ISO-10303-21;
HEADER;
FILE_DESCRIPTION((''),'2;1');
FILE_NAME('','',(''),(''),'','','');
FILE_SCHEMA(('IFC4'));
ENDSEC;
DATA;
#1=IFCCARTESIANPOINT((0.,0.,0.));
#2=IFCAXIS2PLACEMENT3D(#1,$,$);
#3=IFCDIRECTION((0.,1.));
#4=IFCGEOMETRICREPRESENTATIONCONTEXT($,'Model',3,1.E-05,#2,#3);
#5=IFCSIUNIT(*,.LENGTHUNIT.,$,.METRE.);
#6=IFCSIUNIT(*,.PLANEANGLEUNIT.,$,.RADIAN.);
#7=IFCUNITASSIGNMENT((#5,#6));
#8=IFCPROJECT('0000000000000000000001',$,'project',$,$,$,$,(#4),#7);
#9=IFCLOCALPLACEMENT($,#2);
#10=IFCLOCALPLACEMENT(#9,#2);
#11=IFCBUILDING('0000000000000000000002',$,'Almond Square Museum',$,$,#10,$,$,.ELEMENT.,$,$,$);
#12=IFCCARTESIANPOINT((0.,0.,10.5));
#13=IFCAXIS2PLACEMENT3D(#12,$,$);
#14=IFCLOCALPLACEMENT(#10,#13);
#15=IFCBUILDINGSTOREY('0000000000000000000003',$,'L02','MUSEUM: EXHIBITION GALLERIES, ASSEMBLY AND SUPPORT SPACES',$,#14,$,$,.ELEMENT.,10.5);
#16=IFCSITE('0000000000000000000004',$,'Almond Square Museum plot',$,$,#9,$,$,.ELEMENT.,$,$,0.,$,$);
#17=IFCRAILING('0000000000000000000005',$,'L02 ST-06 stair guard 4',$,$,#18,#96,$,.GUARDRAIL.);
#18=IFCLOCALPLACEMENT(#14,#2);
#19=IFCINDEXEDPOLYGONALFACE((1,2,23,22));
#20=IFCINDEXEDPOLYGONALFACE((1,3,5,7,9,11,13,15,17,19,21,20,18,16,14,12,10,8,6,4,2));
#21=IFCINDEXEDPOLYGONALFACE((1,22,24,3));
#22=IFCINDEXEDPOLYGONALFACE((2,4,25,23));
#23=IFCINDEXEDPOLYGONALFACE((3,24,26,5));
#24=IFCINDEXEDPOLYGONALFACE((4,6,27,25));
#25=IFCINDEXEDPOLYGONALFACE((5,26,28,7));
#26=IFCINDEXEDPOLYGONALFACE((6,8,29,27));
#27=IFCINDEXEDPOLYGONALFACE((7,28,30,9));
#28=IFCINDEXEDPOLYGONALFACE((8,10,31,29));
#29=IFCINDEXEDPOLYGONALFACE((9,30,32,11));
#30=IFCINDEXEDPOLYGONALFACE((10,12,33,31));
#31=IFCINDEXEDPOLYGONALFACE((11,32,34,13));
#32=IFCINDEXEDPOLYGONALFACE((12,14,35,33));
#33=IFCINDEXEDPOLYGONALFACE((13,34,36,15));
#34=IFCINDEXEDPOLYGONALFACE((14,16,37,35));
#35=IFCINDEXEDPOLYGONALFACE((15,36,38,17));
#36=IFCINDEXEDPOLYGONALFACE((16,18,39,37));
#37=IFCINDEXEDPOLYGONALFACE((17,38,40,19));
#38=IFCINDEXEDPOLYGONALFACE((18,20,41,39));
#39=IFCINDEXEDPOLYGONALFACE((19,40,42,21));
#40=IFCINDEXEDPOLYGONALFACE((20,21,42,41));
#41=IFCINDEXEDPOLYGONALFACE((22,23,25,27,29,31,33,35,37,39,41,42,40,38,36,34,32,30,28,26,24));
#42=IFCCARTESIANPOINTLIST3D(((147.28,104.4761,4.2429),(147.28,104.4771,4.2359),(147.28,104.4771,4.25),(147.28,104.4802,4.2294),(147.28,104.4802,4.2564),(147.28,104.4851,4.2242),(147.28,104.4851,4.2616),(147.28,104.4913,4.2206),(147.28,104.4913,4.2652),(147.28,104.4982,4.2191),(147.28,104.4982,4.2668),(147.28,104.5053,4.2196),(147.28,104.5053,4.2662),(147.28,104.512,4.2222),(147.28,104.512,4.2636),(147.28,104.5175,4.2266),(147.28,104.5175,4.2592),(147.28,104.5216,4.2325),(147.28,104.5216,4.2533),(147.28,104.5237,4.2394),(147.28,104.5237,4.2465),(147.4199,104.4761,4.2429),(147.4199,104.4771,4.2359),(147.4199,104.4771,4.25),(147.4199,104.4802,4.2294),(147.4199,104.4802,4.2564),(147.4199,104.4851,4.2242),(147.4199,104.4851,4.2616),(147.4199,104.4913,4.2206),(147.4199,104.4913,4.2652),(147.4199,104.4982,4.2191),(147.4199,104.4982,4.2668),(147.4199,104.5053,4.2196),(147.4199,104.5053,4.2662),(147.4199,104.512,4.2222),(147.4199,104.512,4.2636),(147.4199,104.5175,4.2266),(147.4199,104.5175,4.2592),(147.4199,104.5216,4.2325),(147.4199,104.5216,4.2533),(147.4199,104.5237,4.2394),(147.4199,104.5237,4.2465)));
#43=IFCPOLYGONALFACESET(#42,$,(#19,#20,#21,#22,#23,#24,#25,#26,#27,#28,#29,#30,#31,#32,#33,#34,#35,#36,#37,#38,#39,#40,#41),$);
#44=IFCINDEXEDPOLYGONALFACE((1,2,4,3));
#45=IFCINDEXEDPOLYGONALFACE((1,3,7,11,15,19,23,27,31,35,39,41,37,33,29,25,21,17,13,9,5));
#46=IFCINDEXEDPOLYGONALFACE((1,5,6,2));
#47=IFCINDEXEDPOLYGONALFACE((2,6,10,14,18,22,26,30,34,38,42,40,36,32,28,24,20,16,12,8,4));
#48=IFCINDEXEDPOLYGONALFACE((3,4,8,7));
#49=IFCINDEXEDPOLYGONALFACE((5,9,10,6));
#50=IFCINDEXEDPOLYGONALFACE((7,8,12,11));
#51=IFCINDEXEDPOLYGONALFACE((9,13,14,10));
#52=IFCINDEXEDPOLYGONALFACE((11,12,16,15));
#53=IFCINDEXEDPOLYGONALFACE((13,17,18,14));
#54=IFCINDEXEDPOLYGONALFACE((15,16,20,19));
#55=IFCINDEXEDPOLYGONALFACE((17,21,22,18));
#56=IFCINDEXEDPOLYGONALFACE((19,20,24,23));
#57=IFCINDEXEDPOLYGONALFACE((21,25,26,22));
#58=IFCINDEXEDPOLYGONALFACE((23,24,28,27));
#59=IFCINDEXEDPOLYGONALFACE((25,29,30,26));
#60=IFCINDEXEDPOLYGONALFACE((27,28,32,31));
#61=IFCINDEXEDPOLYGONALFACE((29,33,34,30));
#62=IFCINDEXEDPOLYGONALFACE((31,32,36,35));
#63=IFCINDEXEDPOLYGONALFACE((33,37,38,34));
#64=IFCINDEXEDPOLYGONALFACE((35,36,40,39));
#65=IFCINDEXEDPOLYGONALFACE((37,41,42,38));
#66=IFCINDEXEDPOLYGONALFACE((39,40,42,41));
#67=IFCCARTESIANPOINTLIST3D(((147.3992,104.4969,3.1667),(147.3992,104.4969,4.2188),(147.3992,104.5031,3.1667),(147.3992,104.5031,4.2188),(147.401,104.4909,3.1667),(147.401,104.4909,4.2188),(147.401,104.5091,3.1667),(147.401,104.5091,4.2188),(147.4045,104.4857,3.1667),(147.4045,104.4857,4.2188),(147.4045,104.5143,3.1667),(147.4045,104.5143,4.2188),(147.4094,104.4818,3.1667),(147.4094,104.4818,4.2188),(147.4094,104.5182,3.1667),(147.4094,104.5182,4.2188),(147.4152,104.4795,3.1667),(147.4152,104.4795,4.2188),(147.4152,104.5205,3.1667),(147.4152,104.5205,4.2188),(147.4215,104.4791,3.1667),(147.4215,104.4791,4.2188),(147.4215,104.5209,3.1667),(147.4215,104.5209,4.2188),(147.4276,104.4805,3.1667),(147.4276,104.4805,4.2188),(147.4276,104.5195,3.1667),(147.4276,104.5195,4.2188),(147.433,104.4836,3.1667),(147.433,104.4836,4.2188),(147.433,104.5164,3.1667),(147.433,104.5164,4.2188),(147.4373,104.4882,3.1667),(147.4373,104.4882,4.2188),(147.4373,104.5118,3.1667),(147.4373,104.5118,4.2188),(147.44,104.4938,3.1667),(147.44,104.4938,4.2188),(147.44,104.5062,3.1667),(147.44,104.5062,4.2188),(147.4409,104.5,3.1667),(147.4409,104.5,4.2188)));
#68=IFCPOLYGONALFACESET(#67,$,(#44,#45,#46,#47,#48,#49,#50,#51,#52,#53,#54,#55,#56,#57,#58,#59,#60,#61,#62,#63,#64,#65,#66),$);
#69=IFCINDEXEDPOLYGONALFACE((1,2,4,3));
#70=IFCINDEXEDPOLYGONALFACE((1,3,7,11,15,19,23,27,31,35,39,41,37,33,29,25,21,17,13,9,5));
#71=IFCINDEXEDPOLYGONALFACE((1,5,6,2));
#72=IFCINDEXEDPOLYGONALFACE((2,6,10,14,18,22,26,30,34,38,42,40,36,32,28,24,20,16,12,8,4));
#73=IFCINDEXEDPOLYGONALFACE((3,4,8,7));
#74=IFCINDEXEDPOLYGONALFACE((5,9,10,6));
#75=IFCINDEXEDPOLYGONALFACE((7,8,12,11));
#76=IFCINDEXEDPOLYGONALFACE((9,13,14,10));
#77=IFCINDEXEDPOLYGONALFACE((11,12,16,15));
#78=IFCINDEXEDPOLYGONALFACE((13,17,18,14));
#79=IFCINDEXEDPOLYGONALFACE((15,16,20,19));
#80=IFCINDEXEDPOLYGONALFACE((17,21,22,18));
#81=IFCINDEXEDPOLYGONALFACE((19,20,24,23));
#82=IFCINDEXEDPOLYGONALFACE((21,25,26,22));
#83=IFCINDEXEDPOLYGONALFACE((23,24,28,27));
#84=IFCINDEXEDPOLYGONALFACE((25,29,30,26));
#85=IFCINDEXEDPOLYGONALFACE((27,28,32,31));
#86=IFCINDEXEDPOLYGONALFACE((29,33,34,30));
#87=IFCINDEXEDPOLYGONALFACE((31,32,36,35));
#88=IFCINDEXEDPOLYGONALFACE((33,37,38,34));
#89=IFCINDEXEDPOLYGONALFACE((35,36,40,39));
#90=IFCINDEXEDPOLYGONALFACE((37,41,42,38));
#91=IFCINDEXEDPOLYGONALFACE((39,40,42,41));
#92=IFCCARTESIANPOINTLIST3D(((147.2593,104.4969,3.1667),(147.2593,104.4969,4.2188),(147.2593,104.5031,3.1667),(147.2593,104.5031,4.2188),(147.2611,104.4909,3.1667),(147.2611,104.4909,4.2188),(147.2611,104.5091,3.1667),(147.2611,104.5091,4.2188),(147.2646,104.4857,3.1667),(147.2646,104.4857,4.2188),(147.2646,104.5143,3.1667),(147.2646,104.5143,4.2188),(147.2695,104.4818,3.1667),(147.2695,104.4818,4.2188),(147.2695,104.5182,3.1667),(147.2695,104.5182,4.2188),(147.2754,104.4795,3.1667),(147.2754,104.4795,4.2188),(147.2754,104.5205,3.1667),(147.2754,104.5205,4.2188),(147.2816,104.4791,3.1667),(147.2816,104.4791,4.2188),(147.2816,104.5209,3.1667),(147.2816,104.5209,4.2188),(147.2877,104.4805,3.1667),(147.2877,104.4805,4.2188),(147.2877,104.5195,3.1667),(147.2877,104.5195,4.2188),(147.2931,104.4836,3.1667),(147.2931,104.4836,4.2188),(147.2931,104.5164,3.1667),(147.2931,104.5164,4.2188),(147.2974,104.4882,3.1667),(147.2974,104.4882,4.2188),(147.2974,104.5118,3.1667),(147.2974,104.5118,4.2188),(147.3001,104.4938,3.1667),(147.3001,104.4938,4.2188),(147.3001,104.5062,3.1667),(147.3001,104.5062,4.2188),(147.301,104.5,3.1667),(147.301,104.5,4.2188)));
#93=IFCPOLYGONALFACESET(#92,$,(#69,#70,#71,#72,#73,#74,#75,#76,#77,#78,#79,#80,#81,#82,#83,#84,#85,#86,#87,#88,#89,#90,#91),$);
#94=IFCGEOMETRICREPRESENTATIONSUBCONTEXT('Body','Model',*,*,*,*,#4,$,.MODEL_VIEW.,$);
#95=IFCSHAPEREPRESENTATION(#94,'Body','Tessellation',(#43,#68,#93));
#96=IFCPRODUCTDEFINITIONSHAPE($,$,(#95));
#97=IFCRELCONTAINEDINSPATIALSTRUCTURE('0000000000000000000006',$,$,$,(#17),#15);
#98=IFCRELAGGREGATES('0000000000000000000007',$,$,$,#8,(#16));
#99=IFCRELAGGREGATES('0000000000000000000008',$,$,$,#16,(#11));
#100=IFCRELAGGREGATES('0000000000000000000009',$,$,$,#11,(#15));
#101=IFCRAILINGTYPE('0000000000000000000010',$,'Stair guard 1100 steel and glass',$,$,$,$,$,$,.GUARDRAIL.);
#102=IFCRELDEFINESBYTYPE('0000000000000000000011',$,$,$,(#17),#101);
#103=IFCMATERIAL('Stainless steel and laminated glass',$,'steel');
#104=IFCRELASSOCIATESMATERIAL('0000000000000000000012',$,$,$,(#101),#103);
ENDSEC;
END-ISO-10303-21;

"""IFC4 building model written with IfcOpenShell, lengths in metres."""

from ifc_helpers import new_model, si_unit, direction, frame, origin, origin_2d, place, context, subcontext, project, spatial, circle, extrude, material, type_object, element, save


model = new_model("IFC4")

# Units and contexts
model_context = context("Model", 3, precision=1e-05, world=origin(), true_north=direction((0.0, 1.0)))
body_context = subcontext(model_context, "Body", "Model", "MODEL_VIEW")
ifc_project = project(units=[si_unit("LENGTHUNIT", "METRE"), si_unit("PLANEANGLEUNIT", "RADIAN")], contexts=[model_context])

# Site, building, storey
site_placement = place(None, origin())
site = spatial("IfcSite", under=ifc_project, at=site_placement, Name="Almond Square Museum plot", CompositionType="ELEMENT", RefElevation=0.0)
building_placement = place(site_placement, origin())
building = spatial("IfcBuilding", under=site, at=building_placement, Name="Almond Square Museum", CompositionType="ELEMENT")
storey_placement = place(building_placement, frame((0.0, 0.0, 10.5)))
storey = spatial("IfcBuildingStorey", under=building, at=storey_placement, Name="L02", Description="MUSEUM: EXHIBITION GALLERIES, ASSEMBLY AND SUPPORT SPACES", CompositionType="ELEMENT", Elevation=10.5)

# Railing
ifc_material_1 = material(Name="Stainless steel and laminated glass", Category="steel")
railing_type_1 = type_object("IfcRailingType", Name="Stair guard 1100 steel and glass", PredefinedType="GUARDRAIL", material=ifc_material_1)
railing_1_placement = place(storey_placement, frame((147.4199, 104.5, 3.1667)))
element("IfcRailing", 1, at=railing_1_placement, inside=storey, type_object=railing_type_1, Name="L02 ST-06 stair guard 4", PredefinedType="GUARDRAIL", context=body_context, shape_type="SweptSolid", body=[
    extrude(circle(Radius=0.0239, at=origin_2d()), frame((0.0, 0.0, 1.0762), z_axis=(-1.0, 0.0, 0.0), x_axis=(0.0, -1.0, 0.0)), (0.0, 0.0, 1.0), 0.1399),
    extrude(circle(Radius=0.021, at=origin_2d()), origin(), (0.0, 0.0, 1.0), 1.052),
    extrude(circle(Radius=0.021, at=origin_2d()), frame((-0.1399, 0.0, 0.0)), (0.0, 0.0, 1.0), 1.052),
])

save(model, "model.ifc")
